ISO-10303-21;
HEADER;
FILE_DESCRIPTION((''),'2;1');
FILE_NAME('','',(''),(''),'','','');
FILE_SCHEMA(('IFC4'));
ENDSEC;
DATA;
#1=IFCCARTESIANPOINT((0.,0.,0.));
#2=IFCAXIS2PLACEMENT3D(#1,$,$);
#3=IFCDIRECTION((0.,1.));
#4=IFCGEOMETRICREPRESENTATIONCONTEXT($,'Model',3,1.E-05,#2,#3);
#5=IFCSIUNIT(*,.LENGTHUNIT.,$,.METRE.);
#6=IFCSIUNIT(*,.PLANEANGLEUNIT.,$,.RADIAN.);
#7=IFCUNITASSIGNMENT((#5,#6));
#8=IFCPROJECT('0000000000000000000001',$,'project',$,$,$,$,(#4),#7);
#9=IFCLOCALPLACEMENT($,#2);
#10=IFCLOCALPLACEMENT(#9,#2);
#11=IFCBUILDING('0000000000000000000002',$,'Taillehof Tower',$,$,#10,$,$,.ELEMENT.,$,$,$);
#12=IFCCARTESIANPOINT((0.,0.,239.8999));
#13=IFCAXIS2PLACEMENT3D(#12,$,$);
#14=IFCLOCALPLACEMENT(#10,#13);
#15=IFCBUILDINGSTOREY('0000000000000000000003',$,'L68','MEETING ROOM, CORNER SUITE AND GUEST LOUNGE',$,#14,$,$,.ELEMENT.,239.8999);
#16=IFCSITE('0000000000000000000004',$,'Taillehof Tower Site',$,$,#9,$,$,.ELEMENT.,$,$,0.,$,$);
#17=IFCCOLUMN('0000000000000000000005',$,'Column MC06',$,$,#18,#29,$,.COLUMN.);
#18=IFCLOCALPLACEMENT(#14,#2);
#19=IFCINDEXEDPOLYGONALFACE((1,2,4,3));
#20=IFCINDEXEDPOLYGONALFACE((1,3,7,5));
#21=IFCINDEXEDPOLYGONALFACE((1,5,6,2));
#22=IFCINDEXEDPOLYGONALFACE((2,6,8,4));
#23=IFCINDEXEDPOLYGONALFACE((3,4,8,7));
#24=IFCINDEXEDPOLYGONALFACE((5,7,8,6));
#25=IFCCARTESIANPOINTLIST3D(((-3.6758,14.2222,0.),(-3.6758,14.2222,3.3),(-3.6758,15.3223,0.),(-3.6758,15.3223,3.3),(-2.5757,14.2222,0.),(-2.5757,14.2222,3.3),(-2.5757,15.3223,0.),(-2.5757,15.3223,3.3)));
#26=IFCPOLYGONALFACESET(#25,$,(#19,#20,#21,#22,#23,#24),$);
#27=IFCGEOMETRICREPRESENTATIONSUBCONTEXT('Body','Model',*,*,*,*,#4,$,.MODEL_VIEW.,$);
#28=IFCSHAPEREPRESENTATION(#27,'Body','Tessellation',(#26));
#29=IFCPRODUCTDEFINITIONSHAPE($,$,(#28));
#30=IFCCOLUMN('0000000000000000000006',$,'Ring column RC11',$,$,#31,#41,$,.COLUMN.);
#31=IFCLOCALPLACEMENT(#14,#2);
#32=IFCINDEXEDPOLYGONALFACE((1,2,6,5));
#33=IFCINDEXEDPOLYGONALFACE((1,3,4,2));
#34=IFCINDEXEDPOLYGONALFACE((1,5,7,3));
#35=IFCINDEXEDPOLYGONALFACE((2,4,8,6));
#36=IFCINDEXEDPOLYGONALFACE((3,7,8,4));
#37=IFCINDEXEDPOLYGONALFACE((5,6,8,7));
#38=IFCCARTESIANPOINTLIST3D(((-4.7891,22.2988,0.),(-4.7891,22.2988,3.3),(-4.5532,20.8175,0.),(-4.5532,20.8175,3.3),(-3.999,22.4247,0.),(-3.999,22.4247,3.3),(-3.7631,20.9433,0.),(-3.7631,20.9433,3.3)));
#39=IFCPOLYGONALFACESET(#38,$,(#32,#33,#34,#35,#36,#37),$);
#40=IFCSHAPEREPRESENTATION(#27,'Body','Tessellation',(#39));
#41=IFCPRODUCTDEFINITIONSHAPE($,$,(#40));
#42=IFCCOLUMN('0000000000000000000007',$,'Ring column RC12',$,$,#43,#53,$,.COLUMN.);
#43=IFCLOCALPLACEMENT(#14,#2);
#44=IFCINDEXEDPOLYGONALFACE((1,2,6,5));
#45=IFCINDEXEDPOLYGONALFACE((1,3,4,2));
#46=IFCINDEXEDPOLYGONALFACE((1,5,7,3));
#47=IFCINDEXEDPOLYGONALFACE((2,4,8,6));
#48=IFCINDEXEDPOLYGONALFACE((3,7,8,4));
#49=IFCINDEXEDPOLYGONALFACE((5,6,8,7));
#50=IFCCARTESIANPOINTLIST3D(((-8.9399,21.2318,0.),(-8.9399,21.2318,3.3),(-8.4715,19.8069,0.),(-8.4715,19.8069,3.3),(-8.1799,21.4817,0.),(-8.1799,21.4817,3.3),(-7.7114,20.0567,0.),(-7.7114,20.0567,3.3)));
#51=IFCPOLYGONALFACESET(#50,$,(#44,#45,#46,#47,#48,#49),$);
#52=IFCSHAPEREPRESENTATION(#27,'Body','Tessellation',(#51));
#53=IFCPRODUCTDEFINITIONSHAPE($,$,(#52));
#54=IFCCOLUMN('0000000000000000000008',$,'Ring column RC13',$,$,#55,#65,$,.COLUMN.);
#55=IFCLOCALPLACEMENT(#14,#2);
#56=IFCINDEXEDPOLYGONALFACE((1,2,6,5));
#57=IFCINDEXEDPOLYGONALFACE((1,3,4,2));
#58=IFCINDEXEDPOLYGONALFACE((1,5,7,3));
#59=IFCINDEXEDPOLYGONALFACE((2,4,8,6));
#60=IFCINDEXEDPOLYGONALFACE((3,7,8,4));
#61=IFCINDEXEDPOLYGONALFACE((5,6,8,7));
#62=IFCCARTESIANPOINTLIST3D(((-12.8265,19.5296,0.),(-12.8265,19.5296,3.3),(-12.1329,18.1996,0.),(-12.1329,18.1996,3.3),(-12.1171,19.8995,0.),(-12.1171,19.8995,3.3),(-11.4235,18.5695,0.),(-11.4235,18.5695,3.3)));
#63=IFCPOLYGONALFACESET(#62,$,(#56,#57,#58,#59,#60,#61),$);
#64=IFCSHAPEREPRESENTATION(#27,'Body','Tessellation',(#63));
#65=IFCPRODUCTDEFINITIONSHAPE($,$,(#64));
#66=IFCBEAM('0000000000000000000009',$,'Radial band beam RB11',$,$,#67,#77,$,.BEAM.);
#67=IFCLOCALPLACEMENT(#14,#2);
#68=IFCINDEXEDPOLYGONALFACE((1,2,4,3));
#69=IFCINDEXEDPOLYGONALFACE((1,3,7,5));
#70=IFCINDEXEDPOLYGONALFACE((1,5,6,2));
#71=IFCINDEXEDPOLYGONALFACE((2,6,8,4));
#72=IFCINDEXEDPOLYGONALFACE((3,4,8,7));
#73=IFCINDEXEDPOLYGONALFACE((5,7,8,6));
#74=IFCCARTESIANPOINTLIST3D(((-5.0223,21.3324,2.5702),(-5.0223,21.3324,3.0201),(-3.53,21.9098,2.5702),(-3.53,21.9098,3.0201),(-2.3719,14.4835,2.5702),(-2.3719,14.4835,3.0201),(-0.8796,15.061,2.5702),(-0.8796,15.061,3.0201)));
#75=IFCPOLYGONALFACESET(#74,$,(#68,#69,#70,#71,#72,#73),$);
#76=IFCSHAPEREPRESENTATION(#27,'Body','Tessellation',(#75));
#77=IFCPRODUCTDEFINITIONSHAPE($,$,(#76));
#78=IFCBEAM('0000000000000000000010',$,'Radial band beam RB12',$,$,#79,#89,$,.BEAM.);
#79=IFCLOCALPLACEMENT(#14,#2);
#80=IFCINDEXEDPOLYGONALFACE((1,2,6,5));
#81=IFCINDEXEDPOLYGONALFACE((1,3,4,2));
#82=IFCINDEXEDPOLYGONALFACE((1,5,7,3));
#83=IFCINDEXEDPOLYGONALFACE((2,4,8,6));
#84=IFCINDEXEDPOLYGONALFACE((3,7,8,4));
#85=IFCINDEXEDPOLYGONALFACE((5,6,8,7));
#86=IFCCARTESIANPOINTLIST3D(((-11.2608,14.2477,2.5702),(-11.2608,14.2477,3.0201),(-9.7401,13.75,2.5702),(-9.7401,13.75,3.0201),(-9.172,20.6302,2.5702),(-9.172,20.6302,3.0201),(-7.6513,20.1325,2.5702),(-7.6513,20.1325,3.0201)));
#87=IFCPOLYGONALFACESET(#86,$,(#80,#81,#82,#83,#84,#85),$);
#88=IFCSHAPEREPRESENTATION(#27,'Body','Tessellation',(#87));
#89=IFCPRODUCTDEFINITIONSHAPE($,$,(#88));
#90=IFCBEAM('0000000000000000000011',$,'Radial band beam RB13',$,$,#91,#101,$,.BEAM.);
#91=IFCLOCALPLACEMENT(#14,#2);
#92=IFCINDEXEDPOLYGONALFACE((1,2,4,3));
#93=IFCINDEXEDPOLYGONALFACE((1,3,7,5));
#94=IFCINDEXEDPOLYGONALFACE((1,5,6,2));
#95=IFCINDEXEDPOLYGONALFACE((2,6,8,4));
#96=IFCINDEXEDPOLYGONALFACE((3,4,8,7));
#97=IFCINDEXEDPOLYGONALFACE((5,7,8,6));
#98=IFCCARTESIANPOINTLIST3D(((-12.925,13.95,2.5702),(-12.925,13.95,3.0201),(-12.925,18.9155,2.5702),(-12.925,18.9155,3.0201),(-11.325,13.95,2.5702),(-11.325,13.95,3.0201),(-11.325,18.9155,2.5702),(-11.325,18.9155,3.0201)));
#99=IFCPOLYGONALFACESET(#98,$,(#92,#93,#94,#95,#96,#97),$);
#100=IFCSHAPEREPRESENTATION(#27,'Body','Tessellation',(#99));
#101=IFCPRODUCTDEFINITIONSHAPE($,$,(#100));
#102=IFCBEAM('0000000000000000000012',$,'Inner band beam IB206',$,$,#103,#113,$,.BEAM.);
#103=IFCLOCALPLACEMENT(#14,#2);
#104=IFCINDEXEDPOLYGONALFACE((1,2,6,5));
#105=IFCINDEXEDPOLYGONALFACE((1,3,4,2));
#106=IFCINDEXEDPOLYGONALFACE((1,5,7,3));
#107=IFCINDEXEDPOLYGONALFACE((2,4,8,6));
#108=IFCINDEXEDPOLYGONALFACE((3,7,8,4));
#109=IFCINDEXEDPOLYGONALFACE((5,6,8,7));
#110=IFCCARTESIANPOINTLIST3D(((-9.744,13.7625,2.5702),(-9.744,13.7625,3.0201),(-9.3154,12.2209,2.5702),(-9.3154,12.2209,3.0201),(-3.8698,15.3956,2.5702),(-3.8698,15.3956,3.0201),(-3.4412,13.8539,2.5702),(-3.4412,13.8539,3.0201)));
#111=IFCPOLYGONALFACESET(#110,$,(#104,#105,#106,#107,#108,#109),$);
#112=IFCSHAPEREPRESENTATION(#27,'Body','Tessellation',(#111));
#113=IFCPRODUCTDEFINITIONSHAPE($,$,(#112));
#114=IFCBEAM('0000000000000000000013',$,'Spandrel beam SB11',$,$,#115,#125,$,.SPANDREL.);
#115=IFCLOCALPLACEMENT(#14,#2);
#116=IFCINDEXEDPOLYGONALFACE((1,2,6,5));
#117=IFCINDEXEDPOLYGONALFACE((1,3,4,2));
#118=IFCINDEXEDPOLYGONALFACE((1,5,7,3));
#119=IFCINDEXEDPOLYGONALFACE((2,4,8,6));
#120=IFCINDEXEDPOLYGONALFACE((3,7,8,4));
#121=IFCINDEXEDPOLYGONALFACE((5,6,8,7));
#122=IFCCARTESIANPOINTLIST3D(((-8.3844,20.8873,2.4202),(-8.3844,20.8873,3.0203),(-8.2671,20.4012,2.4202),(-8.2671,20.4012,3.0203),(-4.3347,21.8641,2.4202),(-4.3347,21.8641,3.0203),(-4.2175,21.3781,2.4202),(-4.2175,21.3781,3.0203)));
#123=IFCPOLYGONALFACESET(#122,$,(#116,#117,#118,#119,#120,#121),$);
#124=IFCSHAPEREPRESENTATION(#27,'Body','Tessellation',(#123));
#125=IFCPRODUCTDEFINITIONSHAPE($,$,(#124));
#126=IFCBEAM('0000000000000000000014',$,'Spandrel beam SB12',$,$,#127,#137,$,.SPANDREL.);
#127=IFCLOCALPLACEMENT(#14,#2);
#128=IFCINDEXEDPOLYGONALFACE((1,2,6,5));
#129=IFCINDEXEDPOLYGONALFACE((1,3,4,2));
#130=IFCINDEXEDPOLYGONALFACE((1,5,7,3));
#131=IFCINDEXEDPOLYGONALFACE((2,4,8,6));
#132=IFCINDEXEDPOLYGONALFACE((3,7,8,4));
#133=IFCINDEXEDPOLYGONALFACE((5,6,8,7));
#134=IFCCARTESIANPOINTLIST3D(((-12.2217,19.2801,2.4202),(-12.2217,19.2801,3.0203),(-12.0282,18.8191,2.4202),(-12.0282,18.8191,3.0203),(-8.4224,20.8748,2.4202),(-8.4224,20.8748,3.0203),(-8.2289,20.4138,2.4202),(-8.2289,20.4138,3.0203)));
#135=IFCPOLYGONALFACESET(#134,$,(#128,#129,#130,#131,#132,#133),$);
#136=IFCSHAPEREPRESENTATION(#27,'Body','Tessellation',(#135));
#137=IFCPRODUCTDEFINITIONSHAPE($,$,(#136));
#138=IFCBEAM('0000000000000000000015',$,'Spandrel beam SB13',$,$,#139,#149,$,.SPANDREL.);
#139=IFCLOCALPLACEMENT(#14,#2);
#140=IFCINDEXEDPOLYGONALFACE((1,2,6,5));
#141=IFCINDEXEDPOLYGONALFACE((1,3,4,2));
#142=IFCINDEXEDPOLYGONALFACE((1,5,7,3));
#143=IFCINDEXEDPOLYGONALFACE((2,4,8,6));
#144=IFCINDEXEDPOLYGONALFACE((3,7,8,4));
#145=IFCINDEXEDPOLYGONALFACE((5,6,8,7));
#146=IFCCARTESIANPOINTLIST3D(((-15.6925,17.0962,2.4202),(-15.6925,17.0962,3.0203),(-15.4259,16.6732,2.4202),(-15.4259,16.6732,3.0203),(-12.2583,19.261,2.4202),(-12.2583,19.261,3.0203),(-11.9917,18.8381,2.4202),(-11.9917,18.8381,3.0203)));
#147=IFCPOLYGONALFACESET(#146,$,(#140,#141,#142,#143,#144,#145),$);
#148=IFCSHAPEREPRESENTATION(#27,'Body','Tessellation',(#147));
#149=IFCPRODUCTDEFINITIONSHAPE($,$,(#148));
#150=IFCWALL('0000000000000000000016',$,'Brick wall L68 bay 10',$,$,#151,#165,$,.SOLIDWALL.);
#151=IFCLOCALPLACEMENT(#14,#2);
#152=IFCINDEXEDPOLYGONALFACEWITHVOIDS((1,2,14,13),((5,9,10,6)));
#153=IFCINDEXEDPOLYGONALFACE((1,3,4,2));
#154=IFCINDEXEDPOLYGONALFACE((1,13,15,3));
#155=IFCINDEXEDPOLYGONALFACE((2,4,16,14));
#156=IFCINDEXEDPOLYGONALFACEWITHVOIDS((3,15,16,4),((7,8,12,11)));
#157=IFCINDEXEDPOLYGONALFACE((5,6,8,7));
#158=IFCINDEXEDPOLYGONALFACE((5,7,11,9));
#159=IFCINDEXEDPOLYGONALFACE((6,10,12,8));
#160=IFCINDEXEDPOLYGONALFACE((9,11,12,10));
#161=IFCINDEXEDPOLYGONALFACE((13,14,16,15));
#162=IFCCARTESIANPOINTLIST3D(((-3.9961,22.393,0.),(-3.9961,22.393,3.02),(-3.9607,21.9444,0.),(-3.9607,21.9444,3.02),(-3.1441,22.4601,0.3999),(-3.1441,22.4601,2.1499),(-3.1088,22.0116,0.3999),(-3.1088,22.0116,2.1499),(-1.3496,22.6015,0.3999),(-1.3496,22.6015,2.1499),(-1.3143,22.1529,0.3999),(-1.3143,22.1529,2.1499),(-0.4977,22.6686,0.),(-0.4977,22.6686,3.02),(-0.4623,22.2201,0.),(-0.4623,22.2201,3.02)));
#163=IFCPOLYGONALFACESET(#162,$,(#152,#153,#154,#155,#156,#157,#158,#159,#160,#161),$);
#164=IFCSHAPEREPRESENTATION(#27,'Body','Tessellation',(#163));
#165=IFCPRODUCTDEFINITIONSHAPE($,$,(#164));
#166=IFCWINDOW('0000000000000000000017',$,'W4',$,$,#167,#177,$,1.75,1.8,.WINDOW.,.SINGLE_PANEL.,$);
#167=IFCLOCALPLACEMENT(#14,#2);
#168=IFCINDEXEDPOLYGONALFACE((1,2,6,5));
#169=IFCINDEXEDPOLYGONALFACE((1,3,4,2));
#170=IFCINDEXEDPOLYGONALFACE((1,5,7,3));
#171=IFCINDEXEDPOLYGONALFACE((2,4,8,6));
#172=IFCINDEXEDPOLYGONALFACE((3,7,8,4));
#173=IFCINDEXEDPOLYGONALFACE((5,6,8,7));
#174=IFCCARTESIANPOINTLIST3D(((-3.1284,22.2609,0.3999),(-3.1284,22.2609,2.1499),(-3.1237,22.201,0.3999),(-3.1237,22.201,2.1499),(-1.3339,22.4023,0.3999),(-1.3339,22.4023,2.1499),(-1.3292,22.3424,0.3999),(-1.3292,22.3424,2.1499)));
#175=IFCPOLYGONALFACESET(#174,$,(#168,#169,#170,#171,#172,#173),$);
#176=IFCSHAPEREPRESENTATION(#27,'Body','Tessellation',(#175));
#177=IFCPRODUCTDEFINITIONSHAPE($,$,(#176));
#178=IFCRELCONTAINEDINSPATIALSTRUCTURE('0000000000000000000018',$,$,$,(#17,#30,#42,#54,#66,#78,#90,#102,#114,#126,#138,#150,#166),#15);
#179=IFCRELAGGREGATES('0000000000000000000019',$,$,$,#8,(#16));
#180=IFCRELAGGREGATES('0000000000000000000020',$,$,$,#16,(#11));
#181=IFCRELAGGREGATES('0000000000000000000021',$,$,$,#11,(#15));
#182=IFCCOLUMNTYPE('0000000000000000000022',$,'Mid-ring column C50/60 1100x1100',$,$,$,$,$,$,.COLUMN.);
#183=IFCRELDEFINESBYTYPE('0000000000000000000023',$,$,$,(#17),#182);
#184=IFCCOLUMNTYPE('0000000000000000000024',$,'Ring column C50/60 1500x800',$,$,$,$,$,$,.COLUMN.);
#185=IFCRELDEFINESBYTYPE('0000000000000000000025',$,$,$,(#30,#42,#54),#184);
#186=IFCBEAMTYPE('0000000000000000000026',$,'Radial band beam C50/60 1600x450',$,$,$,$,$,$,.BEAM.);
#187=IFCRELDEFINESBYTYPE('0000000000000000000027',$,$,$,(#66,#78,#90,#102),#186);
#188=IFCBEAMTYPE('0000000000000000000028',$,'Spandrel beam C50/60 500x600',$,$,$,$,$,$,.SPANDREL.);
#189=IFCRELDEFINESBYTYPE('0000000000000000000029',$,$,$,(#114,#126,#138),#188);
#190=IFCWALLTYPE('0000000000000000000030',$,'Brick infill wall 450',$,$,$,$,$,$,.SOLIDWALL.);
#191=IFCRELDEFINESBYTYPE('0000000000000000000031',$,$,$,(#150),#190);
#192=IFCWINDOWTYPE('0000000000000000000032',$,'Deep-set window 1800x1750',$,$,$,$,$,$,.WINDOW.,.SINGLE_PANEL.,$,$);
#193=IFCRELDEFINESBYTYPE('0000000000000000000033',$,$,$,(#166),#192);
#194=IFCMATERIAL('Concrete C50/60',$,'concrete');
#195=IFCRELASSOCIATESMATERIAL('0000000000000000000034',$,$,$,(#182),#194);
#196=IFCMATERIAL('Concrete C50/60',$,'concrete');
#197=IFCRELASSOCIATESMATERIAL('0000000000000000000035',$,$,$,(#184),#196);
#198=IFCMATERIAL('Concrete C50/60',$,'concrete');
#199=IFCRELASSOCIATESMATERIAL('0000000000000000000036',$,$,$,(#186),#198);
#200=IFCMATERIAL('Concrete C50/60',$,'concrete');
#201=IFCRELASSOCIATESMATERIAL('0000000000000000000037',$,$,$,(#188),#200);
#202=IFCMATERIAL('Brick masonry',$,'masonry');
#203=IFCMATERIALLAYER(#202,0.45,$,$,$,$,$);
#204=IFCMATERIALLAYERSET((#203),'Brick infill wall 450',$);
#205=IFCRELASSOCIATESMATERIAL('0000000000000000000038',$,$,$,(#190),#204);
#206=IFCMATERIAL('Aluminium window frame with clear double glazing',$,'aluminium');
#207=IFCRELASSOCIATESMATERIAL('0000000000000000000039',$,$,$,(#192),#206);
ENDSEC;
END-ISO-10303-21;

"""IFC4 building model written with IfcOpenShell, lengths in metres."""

from ifc_helpers import new_model, si_unit, direction, frame, frame_2d, origin, origin_2d, place, context, subcontext, project, spatial, rectangle, extrude, material, layer, layer_set, material_profile, profile_set, type_object, element, fill, save


model = new_model("IFC4")

# Units and contexts
model_context = context("Model", 3, precision=1e-05, world=origin(), true_north=direction((0.0, 1.0)))
body_context = subcontext(model_context, "Body", "Model", "MODEL_VIEW")
ifc_project = project(units=[si_unit("LENGTHUNIT", "METRE"), si_unit("PLANEANGLEUNIT", "RADIAN")], contexts=[model_context])

# Site, building, storey
site_placement = place(None, origin())
site = spatial("IfcSite", under=ifc_project, at=site_placement, Name="Taillehof Tower Site", CompositionType="ELEMENT", RefElevation=0.0)
building_placement = place(site_placement, origin())
building = spatial("IfcBuilding", under=site, at=building_placement, Name="Taillehof Tower", CompositionType="ELEMENT")
storey_placement = place(building_placement, frame((0.0, 0.0, 239.8999)))
storey = spatial("IfcBuildingStorey", under=building, at=storey_placement, Name="L68", Description="MEETING ROOM, CORNER SUITE AND GUEST LOUNGE", CompositionType="ELEMENT", Elevation=239.8999)

# Columns
ifc_material_1 = material(Name="Concrete C50/60", Category="concrete")
ifc_material_profile_1 = material_profile(ifc_material_1, rectangle(XDim=1.1001, YDim=1.1001, at=origin_2d()), Name="RC 1100x1100")
ifc_profile_set_1 = profile_set([ifc_material_profile_1], Name="Concrete C50/60")
column_type_1 = type_object("IfcColumnType", Name="Mid-ring column C50/60 1100x1100", PredefinedType="COLUMN", material=ifc_profile_set_1)
column_placement = place(storey_placement, frame((-3.1257, 14.7722, 0.0), z_axis=(0.0, 0.0, 1.0), x_axis=(1.0, 0.0, 0.0)))
element("IfcColumn", 1, at=column_placement, inside=storey, type_object=column_type_1, Name="Column MC06", PredefinedType="COLUMN", context=body_context, shape_type="SweptSolid", body=[
    extrude(rectangle(XDim=1.1001, YDim=1.1001, at=origin_2d()), origin(), (0.0, 0.0, 1.0), 3.3),
])
ifc_material_2 = material(Name="Concrete C50/60", Category="concrete")
ifc_material_profile_2 = material_profile(ifc_material_2, rectangle(XDim=1.5, YDim=0.8, at=origin_2d()), Name="RC 1500x800")
ifc_profile_set_2 = profile_set([ifc_material_profile_2], Name="Concrete C50/60")
column_type_2 = type_object("IfcColumnType", Name="Ring column C50/60 1500x800", PredefinedType="COLUMN", material=ifc_profile_set_2)
for number, where, z_axis, x_axis, name in (
    (2, (-4.2761, 21.6211, 0.0), (0.0, 0.0, 1.0), (-0.157281, 0.987554, 0.0), "Ring column RC11"),
    (3, (-8.3257, 20.6443, 0.0), (0.0, 0.0, 1.0), (-0.312304, 0.949982, 0.0), "Ring column RC12"),
    (4, (-12.125, 19.0496, 0.0), (0.0, 0.0, 1.0), (-0.462384, 0.88668, 0.0), "Ring column RC13"),
):
    element("IfcColumn", number, at=place(storey_placement, frame(where, z_axis=z_axis, x_axis=x_axis)), inside=storey, type_object=column_type_2, Name=name, PredefinedType="COLUMN", context=body_context, shape_type="SweptSolid", body=[
        extrude(rectangle(XDim=1.5, YDim=0.8, at=origin_2d()), origin(), (0.0, 0.0, 1.0), 3.3),
    ])

# Beams
ifc_material_3 = material(Name="Concrete C50/60", Category="concrete")
ifc_material_profile_3 = material_profile(ifc_material_3, rectangle(XDim=1.6001, YDim=0.45, at=origin_2d()), Name="RC 1600x450")
ifc_profile_set_3 = profile_set([ifc_material_profile_3], Name="Concrete C50/60")
beam_type_1 = type_object("IfcBeamType", Name="Radial band beam C50/60 1600x450", PredefinedType="BEAM", material=ifc_profile_set_3)
beam_1_placement = place(storey_placement, frame((-4.2761, 21.6211, 2.7952), z_axis=(0.360901, -0.932604, 0.0), x_axis=(0.932604, 0.360901, 0.0)))
element("IfcBeam", 5, at=beam_1_placement, inside=storey, type_object=beam_type_1, Name="Radial band beam RB11", PredefinedType="BEAM", context=body_context, shape_type="SweptSolid", body=[
    extrude(rectangle(XDim=1.6001, YDim=0.45, at=origin_2d()), origin(), (0.0, 0.0, 1.0), 7.3438),
])
beam_2_placement = place(storey_placement, frame((-8.4116, 20.3813, 2.7952), z_axis=(-0.311043, -0.950396, 0.0), x_axis=(0.950396, -0.311043, 0.0)))
element("IfcBeam", 6, at=beam_2_placement, inside=storey, type_object=beam_type_1, Name="Radial band beam RB12", PredefinedType="BEAM", context=body_context, shape_type="SweptSolid", body=[
    extrude(rectangle(XDim=1.6001, YDim=0.45, at=origin_2d()), origin(), (0.0, 0.0, 1.0), 6.7156),
])
beam_3_placement = place(storey_placement, frame((-12.125, 18.9155, 2.7952), z_axis=(0.0, -1.0, 0.0), x_axis=(1.0, 0.0, 0.0)))
element("IfcBeam", 7, at=beam_3_placement, inside=storey, type_object=beam_type_1, Name="Radial band beam RB13", PredefinedType="BEAM", context=body_context, shape_type="SweptSolid", body=[
    extrude(rectangle(XDim=1.6001, YDim=0.45, at=origin_2d()), origin(), (0.0, 0.0, 1.0), 4.9656),
])
beam_4_placement = place(storey_placement, frame((-3.6555, 14.6248, 2.7952), z_axis=(-0.963459, -0.267855, 0.0), x_axis=(0.267855, -0.963459, 0.0)))
element("IfcBeam", 8, at=beam_4_placement, inside=storey, type_object=beam_type_1, Name="Inner band beam IB206", PredefinedType="BEAM", context=body_context, shape_type="SweptSolid", body=[
    extrude(rectangle(XDim=1.6001, YDim=0.45, at=origin_2d()), origin(), (0.0, 0.0, 1.0), 6.0969),
])
ifc_material_4 = material(Name="Concrete C50/60", Category="concrete")
ifc_material_profile_4 = material_profile(ifc_material_4, rectangle(XDim=0.5, YDim=0.6001, at=origin_2d()), Name="RC 500x600")
ifc_profile_set_4 = profile_set([ifc_material_profile_4], Name="Concrete C50/60")
beam_type_2 = type_object("IfcBeamType", Name="Spandrel beam C50/60 500x600", PredefinedType="SPANDREL", material=ifc_profile_set_4)
beam_5_placement = place(storey_placement, frame((-4.2761, 21.6211, 2.7202), z_axis=(-0.972119, -0.234488, 0.0), x_axis=(0.234488, -0.972119, 0.0)))
element("IfcBeam", 9, at=beam_5_placement, inside=storey, type_object=beam_type_2, Name="Spandrel beam SB11", PredefinedType="SPANDREL", context=body_context, shape_type="SweptSolid", body=[
    extrude(rectangle(XDim=0.5, YDim=0.6001, at=origin_2d()), origin(), (0.0, 0.0, 1.0), 4.1658),
])
beam_6_placement = place(storey_placement, frame((-8.3257, 20.6443, 2.7202), z_axis=(-0.922068, -0.387029, 0.0), x_axis=(0.387029, -0.922068, 0.0)))
element("IfcBeam", 10, at=beam_6_placement, inside=storey, type_object=beam_type_2, Name="Spandrel beam SB12", PredefinedType="SPANDREL", context=body_context, shape_type="SweptSolid", body=[
    extrude(rectangle(XDim=0.5, YDim=0.6001, at=origin_2d()), origin(), (0.0, 0.0, 1.0), 4.1204),
])
beam_7_placement = place(storey_placement, frame((-12.125, 19.0496, 2.7202), z_axis=(-0.845944, -0.533271, 0.0), x_axis=(0.533271, -0.845944, 0.0)))
element("IfcBeam", 11, at=beam_7_placement, inside=storey, type_object=beam_type_2, Name="Spandrel beam SB13", PredefinedType="SPANDREL", context=body_context, shape_type="SweptSolid", body=[
    extrude(rectangle(XDim=0.5, YDim=0.6001, at=origin_2d()), origin(), (0.0, 0.0, 1.0), 4.0596),
])

# Wall, opening, window
ifc_material_5 = material(Name="Brick masonry", Category="masonry")
ifc_layer_1 = layer(ifc_material_5, 0.45)
ifc_layer_set_1 = layer_set([ifc_layer_1], Name="Brick infill wall 450")
wall_type_1 = type_object("IfcWallType", Name="Brick infill wall 450", PredefinedType="SOLIDWALL", material=ifc_layer_set_1)
wall_1_placement = place(storey_placement, frame((-0.48, 22.4443, 0.0), z_axis=(0.0, 0.0, 1.0), x_axis=(-0.996911, -0.078542, 0.0)))
wall_1 = element("IfcWall", 12, at=wall_1_placement, inside=storey, type_object=wall_type_1, Name="Brick wall L68 bay 10", PredefinedType="SOLIDWALL", context=body_context, shape_type="SweptSolid", body=[
    extrude(rectangle(XDim=3.5093, YDim=0.45, at=frame_2d((1.7546, 0.0))), origin(), (0.0, 0.0, 1.0), 3.02),
])
opening_1_placement = place(wall_1_placement, frame((0.8547, 0.0, 0.3999)))
opening_1 = element("IfcOpeningElement", 13, at=opening_1_placement, cuts=wall_1, PredefinedType="OPENING", context=body_context, shape_type="SweptSolid", body=[
    extrude(rectangle(XDim=1.8, YDim=1.75, at=frame_2d((0.8999, 0.875))), frame((0.0, 0.2349, 0.0), z_axis=(0.0, -1.0, 0.0), x_axis=(1.0, 0.0, 0.0)), (0.0, 0.0, 1.0), 0.47),
])
ifc_material_6 = material(Name="Aluminium window frame with clear double glazing", Category="aluminium")
window_type = type_object("IfcWindowType", Name="Deep-set window 1800x1750", PartitioningType="SINGLE_PANEL", PredefinedType="WINDOW", material=ifc_material_6)
window_1_placement = place(opening_1_placement, origin())
window_1 = element("IfcWindow", 14, at=window_1_placement, inside=storey, type_object=window_type, Name="W4", OverallHeight=1.75, OverallWidth=1.8, PartitioningType="SINGLE_PANEL", PredefinedType="WINDOW", context=body_context, shape_type="SweptSolid", body=[
    extrude(rectangle(XDim=1.8, YDim=1.75, at=frame_2d((0.8999, 0.875))), frame((0.0, 0.0349, 0.0), z_axis=(0.0, -1.0, 0.0), x_axis=(1.0, 0.0, 0.0)), (0.0, 0.0, 1.0), 0.0601),
])
fill(opening_1, window_1)

save(model, "model.ifc")
